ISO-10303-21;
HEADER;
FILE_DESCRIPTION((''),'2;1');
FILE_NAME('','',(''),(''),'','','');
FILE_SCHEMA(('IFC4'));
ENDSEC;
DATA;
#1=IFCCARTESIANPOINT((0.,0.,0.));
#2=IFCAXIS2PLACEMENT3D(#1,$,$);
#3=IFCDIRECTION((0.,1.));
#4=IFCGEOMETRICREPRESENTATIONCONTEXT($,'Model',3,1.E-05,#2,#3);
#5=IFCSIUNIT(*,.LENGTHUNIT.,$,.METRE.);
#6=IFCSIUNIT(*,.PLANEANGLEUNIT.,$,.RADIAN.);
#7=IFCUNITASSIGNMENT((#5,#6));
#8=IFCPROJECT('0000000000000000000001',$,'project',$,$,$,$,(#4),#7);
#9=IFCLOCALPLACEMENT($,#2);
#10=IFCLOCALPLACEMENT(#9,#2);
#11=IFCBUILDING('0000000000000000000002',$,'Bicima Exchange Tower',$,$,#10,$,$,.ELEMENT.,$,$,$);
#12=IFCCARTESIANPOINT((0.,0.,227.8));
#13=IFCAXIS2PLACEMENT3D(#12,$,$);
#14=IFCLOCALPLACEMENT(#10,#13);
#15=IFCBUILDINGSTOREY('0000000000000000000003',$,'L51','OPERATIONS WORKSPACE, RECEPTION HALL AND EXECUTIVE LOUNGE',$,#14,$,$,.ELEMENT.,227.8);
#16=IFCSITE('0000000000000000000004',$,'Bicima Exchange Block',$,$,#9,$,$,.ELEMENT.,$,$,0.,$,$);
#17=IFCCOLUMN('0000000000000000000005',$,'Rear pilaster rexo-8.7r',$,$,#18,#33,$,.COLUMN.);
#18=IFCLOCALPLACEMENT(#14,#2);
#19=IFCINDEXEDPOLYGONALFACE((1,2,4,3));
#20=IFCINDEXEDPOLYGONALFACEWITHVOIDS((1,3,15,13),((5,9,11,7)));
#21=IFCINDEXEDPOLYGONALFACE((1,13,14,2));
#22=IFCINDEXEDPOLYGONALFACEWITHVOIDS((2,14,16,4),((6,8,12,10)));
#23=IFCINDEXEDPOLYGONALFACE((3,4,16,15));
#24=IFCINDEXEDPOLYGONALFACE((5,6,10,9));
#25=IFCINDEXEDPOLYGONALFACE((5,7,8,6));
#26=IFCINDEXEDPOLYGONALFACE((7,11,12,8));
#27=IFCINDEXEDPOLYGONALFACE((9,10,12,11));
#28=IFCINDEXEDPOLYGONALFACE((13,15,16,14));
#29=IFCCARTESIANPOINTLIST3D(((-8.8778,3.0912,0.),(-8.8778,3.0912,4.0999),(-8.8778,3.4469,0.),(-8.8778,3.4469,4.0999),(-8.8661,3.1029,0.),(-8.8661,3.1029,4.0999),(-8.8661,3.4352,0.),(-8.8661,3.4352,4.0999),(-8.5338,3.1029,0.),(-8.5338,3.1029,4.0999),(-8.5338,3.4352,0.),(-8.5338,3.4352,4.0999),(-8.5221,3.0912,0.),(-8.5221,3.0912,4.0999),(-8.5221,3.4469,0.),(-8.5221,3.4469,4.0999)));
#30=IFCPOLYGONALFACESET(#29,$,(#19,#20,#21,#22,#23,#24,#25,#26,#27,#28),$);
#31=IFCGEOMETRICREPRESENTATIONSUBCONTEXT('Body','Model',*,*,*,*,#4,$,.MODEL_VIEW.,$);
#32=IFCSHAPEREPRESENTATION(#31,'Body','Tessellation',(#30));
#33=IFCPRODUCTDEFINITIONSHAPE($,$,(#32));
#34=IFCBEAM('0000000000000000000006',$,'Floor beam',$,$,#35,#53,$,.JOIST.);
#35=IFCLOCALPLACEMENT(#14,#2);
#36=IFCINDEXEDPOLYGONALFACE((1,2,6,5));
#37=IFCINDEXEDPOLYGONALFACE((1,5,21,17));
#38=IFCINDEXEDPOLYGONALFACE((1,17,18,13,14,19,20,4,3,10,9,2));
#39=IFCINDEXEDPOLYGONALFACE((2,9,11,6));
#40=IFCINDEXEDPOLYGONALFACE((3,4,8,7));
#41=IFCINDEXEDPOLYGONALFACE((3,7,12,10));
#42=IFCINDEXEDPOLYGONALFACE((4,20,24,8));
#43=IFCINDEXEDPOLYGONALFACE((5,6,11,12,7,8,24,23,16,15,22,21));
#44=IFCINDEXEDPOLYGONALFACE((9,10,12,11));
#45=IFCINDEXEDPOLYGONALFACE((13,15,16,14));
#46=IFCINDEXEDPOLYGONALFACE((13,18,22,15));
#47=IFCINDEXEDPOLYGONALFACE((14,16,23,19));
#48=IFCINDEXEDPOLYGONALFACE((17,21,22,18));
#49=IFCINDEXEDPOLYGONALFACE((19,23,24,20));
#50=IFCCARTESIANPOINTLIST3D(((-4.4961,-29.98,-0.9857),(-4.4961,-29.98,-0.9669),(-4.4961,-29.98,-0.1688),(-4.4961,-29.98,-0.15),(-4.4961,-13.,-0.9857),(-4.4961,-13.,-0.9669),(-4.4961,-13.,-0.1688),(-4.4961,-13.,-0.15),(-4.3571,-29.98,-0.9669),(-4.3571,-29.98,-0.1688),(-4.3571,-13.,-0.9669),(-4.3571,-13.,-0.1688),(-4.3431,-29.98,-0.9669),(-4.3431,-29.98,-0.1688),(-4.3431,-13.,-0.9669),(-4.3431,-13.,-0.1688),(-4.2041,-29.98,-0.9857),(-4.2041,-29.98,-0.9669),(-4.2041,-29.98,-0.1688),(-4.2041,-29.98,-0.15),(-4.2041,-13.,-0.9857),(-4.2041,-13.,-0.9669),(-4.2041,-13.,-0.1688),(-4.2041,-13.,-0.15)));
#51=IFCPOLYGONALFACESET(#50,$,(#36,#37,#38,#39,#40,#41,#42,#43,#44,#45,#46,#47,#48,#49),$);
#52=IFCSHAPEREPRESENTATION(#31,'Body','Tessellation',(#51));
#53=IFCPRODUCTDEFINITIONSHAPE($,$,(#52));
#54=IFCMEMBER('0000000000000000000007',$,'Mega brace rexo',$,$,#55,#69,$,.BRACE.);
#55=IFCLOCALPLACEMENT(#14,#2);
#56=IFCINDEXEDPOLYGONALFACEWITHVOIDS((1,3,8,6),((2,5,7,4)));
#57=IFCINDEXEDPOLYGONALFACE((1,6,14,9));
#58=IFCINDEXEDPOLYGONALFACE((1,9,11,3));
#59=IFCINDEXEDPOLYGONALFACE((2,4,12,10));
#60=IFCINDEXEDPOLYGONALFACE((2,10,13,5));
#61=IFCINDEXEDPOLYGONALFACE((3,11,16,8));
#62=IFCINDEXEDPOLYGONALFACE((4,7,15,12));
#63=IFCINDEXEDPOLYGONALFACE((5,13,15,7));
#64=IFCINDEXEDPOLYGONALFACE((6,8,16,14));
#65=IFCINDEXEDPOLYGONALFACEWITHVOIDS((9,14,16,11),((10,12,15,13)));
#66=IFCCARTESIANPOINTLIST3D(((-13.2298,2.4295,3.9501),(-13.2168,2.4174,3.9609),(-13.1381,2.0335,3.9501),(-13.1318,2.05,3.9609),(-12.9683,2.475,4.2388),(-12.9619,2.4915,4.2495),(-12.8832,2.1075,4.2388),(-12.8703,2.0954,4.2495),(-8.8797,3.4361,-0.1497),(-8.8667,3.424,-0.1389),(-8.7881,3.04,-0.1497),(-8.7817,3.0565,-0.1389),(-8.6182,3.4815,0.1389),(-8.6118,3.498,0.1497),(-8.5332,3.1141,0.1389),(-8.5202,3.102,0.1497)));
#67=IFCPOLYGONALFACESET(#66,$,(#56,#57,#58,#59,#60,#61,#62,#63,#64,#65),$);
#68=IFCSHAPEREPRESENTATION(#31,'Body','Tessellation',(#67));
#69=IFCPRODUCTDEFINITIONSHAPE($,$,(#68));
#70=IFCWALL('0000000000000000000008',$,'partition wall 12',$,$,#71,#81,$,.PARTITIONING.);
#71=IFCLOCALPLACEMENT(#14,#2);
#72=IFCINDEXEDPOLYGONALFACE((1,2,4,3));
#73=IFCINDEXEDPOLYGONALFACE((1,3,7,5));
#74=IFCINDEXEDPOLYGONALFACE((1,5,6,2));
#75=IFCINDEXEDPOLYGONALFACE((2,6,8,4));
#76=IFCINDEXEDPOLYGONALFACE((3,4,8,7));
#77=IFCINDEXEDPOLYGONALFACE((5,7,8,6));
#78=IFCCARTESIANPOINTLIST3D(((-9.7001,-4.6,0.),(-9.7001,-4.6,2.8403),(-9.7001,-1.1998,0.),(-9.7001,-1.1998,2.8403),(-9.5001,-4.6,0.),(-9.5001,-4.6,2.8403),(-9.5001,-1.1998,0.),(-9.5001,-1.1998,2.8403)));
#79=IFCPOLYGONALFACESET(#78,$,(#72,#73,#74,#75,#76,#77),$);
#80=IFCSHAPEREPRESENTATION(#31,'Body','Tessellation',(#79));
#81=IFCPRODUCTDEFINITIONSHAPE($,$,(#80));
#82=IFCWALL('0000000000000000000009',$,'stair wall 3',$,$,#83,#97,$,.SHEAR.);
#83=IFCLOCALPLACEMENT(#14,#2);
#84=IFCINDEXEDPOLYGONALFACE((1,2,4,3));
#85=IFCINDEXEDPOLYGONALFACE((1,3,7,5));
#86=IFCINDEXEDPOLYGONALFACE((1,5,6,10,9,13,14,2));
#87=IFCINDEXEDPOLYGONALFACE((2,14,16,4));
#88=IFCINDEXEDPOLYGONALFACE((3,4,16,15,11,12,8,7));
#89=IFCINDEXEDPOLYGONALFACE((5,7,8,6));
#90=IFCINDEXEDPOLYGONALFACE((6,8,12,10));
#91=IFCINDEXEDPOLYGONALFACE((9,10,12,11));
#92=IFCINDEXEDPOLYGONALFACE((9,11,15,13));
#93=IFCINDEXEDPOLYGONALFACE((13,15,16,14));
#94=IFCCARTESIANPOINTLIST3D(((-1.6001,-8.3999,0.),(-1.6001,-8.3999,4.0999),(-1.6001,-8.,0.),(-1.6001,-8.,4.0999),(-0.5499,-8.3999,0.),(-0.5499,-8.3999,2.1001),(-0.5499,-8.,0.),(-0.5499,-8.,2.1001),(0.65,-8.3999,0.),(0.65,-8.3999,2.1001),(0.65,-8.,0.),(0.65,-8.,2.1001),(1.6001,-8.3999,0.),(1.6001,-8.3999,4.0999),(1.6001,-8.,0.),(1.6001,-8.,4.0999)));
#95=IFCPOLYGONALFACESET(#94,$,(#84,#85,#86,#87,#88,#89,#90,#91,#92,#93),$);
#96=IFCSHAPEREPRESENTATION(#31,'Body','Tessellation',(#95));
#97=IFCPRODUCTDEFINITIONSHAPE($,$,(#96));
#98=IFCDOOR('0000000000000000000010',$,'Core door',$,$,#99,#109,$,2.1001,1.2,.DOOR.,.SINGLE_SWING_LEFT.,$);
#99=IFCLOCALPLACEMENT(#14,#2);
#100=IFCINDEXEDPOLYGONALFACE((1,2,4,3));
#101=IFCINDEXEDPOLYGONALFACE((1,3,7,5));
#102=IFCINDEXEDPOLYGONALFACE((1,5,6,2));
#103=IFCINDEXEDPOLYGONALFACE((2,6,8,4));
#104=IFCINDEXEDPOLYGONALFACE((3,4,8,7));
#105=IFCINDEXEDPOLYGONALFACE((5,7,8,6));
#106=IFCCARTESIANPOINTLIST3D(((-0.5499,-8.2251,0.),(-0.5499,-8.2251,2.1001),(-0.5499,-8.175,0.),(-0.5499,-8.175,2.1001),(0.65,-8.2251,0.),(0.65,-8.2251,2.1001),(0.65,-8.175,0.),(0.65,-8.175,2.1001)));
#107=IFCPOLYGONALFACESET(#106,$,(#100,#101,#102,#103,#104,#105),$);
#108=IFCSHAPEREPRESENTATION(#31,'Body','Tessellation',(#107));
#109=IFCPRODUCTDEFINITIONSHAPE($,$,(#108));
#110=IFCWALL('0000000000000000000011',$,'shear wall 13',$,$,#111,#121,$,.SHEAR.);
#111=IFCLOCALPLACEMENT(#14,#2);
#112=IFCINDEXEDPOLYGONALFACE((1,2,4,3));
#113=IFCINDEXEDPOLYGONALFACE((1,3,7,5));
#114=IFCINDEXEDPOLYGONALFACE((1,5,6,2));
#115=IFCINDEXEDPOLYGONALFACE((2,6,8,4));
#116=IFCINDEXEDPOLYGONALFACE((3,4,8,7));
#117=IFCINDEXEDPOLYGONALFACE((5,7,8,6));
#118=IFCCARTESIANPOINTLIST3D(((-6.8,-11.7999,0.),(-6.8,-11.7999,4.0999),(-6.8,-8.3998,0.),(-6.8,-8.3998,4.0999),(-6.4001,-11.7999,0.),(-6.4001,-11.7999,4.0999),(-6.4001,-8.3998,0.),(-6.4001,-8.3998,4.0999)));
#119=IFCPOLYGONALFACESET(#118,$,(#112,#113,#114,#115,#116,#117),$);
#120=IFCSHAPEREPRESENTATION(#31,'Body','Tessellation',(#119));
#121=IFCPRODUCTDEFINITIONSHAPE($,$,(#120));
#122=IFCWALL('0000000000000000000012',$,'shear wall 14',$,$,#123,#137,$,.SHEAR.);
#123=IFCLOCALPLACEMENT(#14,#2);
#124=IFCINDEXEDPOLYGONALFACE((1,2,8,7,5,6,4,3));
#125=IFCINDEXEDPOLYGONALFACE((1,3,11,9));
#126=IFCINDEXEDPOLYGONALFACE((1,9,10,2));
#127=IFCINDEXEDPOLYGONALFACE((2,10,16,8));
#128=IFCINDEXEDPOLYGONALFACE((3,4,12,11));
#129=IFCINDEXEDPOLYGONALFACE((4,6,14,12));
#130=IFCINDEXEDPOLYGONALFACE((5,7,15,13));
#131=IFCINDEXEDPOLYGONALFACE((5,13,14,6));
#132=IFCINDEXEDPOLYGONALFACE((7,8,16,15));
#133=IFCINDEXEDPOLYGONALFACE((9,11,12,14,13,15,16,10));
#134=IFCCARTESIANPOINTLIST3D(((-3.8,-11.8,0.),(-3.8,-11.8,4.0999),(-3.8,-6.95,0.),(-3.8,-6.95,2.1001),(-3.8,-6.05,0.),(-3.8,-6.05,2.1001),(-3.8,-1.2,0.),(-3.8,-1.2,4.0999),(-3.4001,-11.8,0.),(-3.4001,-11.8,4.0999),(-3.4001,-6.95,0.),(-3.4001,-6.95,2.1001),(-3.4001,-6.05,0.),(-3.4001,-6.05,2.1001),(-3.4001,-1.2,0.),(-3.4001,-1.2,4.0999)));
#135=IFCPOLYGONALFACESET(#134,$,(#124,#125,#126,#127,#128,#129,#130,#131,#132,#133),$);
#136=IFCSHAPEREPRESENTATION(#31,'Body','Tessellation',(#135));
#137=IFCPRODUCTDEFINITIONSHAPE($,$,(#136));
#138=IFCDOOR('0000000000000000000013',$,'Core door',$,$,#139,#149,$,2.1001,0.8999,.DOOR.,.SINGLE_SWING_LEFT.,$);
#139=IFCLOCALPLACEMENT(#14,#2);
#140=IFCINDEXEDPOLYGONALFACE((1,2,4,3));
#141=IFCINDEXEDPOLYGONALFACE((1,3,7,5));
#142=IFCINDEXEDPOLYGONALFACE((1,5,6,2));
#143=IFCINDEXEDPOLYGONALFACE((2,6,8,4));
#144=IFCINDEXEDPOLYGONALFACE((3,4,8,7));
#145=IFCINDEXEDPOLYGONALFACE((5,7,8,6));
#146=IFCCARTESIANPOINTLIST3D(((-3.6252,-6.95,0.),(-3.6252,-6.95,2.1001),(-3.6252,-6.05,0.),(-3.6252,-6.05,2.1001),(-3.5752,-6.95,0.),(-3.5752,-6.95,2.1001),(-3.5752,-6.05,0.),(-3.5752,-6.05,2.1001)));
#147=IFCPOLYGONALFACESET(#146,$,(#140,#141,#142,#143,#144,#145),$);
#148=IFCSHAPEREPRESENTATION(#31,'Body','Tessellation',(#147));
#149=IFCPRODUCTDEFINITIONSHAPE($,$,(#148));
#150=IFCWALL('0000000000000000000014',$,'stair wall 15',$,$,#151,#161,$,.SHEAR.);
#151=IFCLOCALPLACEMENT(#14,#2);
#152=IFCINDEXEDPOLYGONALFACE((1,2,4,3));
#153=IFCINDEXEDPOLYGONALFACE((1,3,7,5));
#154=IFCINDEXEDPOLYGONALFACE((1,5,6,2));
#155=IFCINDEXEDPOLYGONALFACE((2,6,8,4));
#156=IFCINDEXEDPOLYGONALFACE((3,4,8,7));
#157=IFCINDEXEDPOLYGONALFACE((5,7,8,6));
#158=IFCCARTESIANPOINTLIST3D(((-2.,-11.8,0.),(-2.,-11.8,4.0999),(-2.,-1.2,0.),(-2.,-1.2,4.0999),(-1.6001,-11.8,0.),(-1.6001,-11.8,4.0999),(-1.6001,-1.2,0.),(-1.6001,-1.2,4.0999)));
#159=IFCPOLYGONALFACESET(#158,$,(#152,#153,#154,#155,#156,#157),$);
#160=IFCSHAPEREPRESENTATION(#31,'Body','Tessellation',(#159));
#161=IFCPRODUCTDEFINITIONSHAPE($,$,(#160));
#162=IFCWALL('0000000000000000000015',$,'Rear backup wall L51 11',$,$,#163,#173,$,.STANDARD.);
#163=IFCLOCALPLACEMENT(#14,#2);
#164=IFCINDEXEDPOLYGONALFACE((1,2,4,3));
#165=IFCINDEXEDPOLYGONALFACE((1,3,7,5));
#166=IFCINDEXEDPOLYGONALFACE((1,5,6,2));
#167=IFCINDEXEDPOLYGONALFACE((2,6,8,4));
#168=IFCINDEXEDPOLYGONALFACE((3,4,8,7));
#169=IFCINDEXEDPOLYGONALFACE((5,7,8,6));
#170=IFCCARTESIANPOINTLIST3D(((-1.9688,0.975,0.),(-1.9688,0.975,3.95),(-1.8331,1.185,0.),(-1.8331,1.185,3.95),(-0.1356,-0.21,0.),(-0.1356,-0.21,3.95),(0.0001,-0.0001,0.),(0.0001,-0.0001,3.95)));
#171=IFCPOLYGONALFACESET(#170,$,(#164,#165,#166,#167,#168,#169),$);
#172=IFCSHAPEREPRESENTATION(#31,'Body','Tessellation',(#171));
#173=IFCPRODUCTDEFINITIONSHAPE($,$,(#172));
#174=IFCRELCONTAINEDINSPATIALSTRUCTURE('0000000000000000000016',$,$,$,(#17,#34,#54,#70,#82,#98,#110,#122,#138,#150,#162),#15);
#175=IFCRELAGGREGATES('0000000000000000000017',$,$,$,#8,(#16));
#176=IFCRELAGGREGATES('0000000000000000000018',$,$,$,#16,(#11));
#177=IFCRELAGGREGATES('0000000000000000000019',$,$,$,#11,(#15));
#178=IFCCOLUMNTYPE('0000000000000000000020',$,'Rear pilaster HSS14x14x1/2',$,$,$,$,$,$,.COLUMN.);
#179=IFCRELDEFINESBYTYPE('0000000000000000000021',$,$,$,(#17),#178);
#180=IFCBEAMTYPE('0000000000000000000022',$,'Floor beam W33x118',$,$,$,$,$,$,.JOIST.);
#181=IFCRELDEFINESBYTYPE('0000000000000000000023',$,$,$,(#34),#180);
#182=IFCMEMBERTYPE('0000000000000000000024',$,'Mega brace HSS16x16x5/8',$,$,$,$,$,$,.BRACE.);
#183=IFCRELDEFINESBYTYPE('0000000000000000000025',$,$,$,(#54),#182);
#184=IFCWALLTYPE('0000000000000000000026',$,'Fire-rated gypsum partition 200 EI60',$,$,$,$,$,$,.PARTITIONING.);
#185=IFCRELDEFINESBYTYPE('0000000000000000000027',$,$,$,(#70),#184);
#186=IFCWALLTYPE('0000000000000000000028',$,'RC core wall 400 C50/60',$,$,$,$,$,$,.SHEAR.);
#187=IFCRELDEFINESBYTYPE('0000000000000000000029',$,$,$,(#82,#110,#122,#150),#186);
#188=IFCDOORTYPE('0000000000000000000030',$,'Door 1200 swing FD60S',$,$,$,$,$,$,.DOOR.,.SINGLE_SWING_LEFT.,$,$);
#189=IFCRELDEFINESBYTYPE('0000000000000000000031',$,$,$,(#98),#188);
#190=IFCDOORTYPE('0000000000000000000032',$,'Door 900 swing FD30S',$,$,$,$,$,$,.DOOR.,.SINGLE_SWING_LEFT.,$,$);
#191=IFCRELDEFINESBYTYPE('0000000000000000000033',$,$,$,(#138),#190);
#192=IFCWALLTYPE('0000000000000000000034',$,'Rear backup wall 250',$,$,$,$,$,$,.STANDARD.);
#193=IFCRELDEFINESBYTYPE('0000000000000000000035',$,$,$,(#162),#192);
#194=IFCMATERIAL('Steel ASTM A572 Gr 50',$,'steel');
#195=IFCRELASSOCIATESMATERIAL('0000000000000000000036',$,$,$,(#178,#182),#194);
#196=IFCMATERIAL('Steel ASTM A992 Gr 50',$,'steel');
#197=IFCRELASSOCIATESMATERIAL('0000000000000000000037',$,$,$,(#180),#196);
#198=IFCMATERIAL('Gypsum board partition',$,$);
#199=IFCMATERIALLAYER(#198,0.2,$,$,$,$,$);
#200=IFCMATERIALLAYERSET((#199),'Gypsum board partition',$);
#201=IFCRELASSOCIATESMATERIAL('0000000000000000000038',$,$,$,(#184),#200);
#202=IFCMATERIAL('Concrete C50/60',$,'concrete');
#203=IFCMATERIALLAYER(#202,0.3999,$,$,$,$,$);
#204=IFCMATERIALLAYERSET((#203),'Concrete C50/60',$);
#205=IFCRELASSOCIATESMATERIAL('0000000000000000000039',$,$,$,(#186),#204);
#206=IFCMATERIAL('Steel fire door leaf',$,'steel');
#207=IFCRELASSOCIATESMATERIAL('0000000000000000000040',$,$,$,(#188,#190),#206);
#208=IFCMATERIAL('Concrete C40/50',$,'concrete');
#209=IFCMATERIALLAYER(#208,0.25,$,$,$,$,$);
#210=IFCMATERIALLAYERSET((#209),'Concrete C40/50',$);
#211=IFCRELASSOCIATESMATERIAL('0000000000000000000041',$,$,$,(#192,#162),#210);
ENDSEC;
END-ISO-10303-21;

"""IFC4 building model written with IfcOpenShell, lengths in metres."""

from ifc_helpers import new_model, si_unit, direction, frame, frame_2d, origin, origin_2d, place, context, subcontext, project, spatial, rectangle, hollow_rectangle, i_section, extrude, material, layer, layer_set, layer_usage, material_profile, profile_set, type_object, element, fill, save


model = new_model("IFC4")

# Units and contexts
model_context = context("Model", 3, precision=1e-05, world=origin(), true_north=direction((0.0, 1.0)))
body_context = subcontext(model_context, "Body", "Model", "MODEL_VIEW")
ifc_project = project(units=[si_unit("LENGTHUNIT", "METRE"), si_unit("PLANEANGLEUNIT", "RADIAN")], contexts=[model_context])

# Site, building, storey
site_placement = place(None, origin())
site = spatial("IfcSite", under=ifc_project, at=site_placement, Name="Bicima Exchange Block", CompositionType="ELEMENT", RefElevation=0.0)
building_placement = place(site_placement, origin())
building = spatial("IfcBuilding", under=site, at=building_placement, Name="Bicima Exchange Tower", CompositionType="ELEMENT")
storey_placement = place(building_placement, frame((0.0, 0.0, 227.8)))
storey = spatial("IfcBuildingStorey", under=building, at=storey_placement, Name="L51", Description="OPERATIONS WORKSPACE, RECEPTION HALL AND EXECUTIVE LOUNGE", CompositionType="ELEMENT", Elevation=227.8)

# Column
ifc_material_1 = material(Name="Steel ASTM A572 Gr 50", Category="steel")
ifc_material_profile_1 = material_profile(ifc_material_1, hollow_rectangle(XDim=0.3557, YDim=0.3557, WallThickness=0.0117, at=origin_2d()))
ifc_profile_set_1 = profile_set([ifc_material_profile_1], Name="Steel ASTM A572 Gr 50")
column_type = type_object("IfcColumnType", Name="Rear pilaster HSS14x14x1/2", PredefinedType="COLUMN", material=ifc_profile_set_1)
column_placement = place(storey_placement, frame((-8.7, 3.269, 0.0), z_axis=(0.0, 0.0, 1.0), x_axis=(1.0, 0.0, 0.0)))
element("IfcColumn", 1, at=column_placement, inside=storey, type_object=column_type, Name="Rear pilaster rexo-8.7r", PredefinedType="COLUMN", context=body_context, shape_type="SweptSolid", body=[
    extrude(hollow_rectangle(XDim=0.3557, YDim=0.3557, WallThickness=0.0117, at=origin_2d()), origin(), (0.0, 0.0, 1.0), 4.0999),
])

# Beam
ifc_material_2 = material(Name="Steel ASTM A992 Gr 50", Category="steel")
ifc_material_profile_2 = material_profile(ifc_material_2, i_section(OverallWidth=0.292, OverallDepth=0.8357, WebThickness=0.0139, FlangeThickness=0.0188, at=origin_2d()))
ifc_profile_set_2 = profile_set([ifc_material_profile_2], Name="Steel ASTM A992 Gr 50")
beam_type = type_object("IfcBeamType", Name="Floor beam W33x118", PredefinedType="JOIST", material=ifc_profile_set_2)
beam_placement = place(storey_placement, frame((-4.3501, -13.0, -0.5679), z_axis=(0.0, -1.0, 0.0), x_axis=(1.0, 0.0, 0.0)))
element("IfcBeam", 2, at=beam_placement, inside=storey, type_object=beam_type, Name="Floor beam", PredefinedType="JOIST", context=body_context, shape_type="SweptSolid", body=[
    extrude(i_section(OverallWidth=0.292, OverallDepth=0.8357, WebThickness=0.0139, FlangeThickness=0.0188, at=origin_2d()), origin(), (0.0, 0.0, 1.0), 16.98),
])

# Member
ifc_material_profile_3 = material_profile(ifc_material_1, hollow_rectangle(XDim=0.4065, YDim=0.4065, WallThickness=0.0146, at=origin_2d()))
ifc_profile_set_3 = profile_set([ifc_material_profile_3], Name="Steel ASTM A572 Gr 50")
member_type = type_object("IfcMemberType", Name="Mega brace HSS16x16x5/8", PredefinedType="BRACE", material=ifc_profile_set_3)
member_placement = place(storey_placement, frame((-8.7, 3.269, 0.0), z_axis=(-0.717625, -0.166055, 0.676343), x_axis=(0.225439, -0.974257, 0.0)))
element("IfcMember", 3, at=member_placement, inside=storey, type_object=member_type, Name="Mega brace rexo", PredefinedType="BRACE", context=body_context, shape_type="SweptSolid", body=[
    extrude(hollow_rectangle(XDim=0.4065, YDim=0.4065, WallThickness=0.0146, at=origin_2d()), origin(), (0.0, 0.0, 1.0), 6.0618),
])

# Wall
ifc_material_3 = material(Name="Gypsum board partition")
ifc_layer_1 = layer(ifc_material_3, 0.2)
ifc_layer_set_1 = layer_set([ifc_layer_1], Name="Gypsum board partition")
wall_type_1 = type_object("IfcWallType", Name="Fire-rated gypsum partition 200 EI60", PredefinedType="PARTITIONING", material=ifc_layer_set_1)
wall_1_placement = place(storey_placement, frame((-9.6001, -4.6001, 0.0), z_axis=(0.0, 0.0, 1.0), x_axis=(0.0, 1.0, 0.0)))
element("IfcWall", 4, at=wall_1_placement, inside=storey, type_object=wall_type_1, Name="partition wall 12", PredefinedType="PARTITIONING", context=body_context, shape_type="SweptSolid", body=[
    extrude(rectangle(XDim=3.4001, YDim=0.2, at=frame_2d((1.7002, 0.0))), origin(), (0.0, 0.0, 1.0), 2.8403),
])

# Wall, opening, door
ifc_material_4 = material(Name="Concrete C50/60", Category="concrete")
ifc_layer_2 = layer(ifc_material_4, 0.3999)
ifc_layer_set_2 = layer_set([ifc_layer_2], Name="Concrete C50/60")
wall_type_2 = type_object("IfcWallType", Name="RC core wall 400 C50/60", PredefinedType="SHEAR", material=ifc_layer_set_2)
wall_2_placement = place(storey_placement, frame((-1.6001, -8.2, 0.0), z_axis=(0.0, 0.0, 1.0), x_axis=(1.0, 0.0, 0.0)))
wall_2 = element("IfcWall", 5, at=wall_2_placement, inside=storey, type_object=wall_type_2, Name="stair wall 3", PredefinedType="SHEAR", context=body_context, shape_type="SweptSolid", body=[
    extrude(rectangle(XDim=3.2002, YDim=0.3999, at=frame_2d((1.6001, 0.0))), origin(), (0.0, 0.0, 1.0), 4.0999),
])
opening_1_placement = place(wall_2_placement, frame((1.05, 0.0, 0.0)))
opening_1 = element("IfcOpeningElement", 6, at=opening_1_placement, cuts=wall_2, PredefinedType="OPENING", context=body_context, shape_type="SweptSolid", body=[
    extrude(rectangle(XDim=1.2, YDim=2.1001, at=frame_2d((0.6001, 1.05))), frame((0.0, 0.2119, 0.0), z_axis=(0.0, -1.0, 0.0), x_axis=(1.0, 0.0, 0.0)), (0.0, 0.0, 1.0), 0.4238),
])
ifc_material_5 = material(Name="Steel fire door leaf", Category="steel")
door_type_1 = type_object("IfcDoorType", Name="Door 1200 swing FD60S", OperationType="SINGLE_SWING_LEFT", PredefinedType="DOOR", material=ifc_material_5)
door_1_placement = place(opening_1_placement, origin())
door_1 = element("IfcDoor", 7, at=door_1_placement, inside=storey, type_object=door_type_1, Name="Core door", OperationType="SINGLE_SWING_LEFT", OverallHeight=2.1001, OverallWidth=1.2, PredefinedType="DOOR", context=body_context, shape_type="SweptSolid", body=[
    extrude(rectangle(XDim=1.2, YDim=2.1001, at=frame_2d((0.6001, 1.05))), frame((0.0, 0.0249, 0.0), z_axis=(0.0, -1.0, 0.0), x_axis=(1.0, 0.0, 0.0)), (0.0, 0.0, 1.0), 0.05),
])
fill(opening_1, door_1)

# Wall
wall_3_placement = place(storey_placement, frame((-6.6001, -11.8, 0.0), z_axis=(0.0, 0.0, 1.0), x_axis=(0.0, 1.0, 0.0)))
element("IfcWall", 8, at=wall_3_placement, inside=storey, type_object=wall_type_2, Name="shear wall 13", PredefinedType="SHEAR", context=body_context, shape_type="SweptSolid", body=[
    extrude(rectangle(XDim=3.4001, YDim=0.3999, at=frame_2d((1.7002, 0.0))), origin(), (0.0, 0.0, 1.0), 4.0999),
])

# Wall, opening, door
wall_4_placement = place(storey_placement, frame((-3.6001, -11.8, 0.0), z_axis=(0.0, 0.0, 1.0), x_axis=(0.0, 1.0, 0.0)))
wall_4 = element("IfcWall", 9, at=wall_4_placement, inside=storey, type_object=wall_type_2, Name="shear wall 14", PredefinedType="SHEAR", context=body_context, shape_type="SweptSolid", body=[
    extrude(rectangle(XDim=10.6001, YDim=0.3999, at=frame_2d((5.3, 0.0))), origin(), (0.0, 0.0, 1.0), 4.0999),
])
opening_2_placement = place(wall_4_placement, frame((4.8501, 0.0, 0.0)))
opening_2 = element("IfcOpeningElement", 10, at=opening_2_placement, cuts=wall_4, PredefinedType="OPENING", context=body_context, shape_type="SweptSolid", body=[
    extrude(rectangle(XDim=0.8999, YDim=2.1001, at=frame_2d((0.45, 1.05))), frame((0.0, 0.2119, 0.0), z_axis=(0.0, -1.0, 0.0), x_axis=(1.0, 0.0, 0.0)), (0.0, 0.0, 1.0), 0.4238),
])
door_type_2 = type_object("IfcDoorType", Name="Door 900 swing FD30S", OperationType="SINGLE_SWING_LEFT", PredefinedType="DOOR", material=ifc_material_5)
door_2_placement = place(opening_2_placement, frame((0.8999, 0.0, 0.0), z_axis=(0.0, 0.0, 1.0), x_axis=(-1.0, 0.0, 0.0)))
door_2 = element("IfcDoor", 11, at=door_2_placement, inside=storey, type_object=door_type_2, Name="Core door", OperationType="SINGLE_SWING_LEFT", OverallHeight=2.1001, OverallWidth=0.8999, PredefinedType="DOOR", context=body_context, shape_type="SweptSolid", body=[
    extrude(rectangle(XDim=0.8999, YDim=2.1001, at=frame_2d((0.45, 1.05))), frame((0.0, 0.0249, 0.0), z_axis=(0.0, -1.0, 0.0), x_axis=(1.0, 0.0, 0.0)), (0.0, 0.0, 1.0), 0.05),
])
fill(opening_2, door_2)

# Walls
wall_5_placement = place(storey_placement, frame((-1.8, -11.8, 0.0), z_axis=(0.0, 0.0, 1.0), x_axis=(0.0, 1.0, 0.0)))
element("IfcWall", 12, at=wall_5_placement, inside=storey, type_object=wall_type_2, Name="stair wall 15", PredefinedType="SHEAR", context=body_context, shape_type="SweptSolid", body=[
    extrude(rectangle(XDim=10.6001, YDim=0.3999, at=frame_2d((5.3, 0.0))), origin(), (0.0, 0.0, 1.0), 4.0999),
])
ifc_material_6 = material(Name="Concrete C40/50", Category="concrete")
ifc_layer_3 = layer(ifc_material_6, 0.25)
ifc_layer_set_3 = layer_set([ifc_layer_3], Name="Concrete C40/50")
ifc_layer_usage = layer_usage(ifc_layer_set_3, "AXIS2", "POSITIVE", -0.125)
wall_type_3 = type_object("IfcWallType", Name="Rear backup wall 250", PredefinedType="STANDARD", material=ifc_layer_set_3)
wall_6_placement = place(storey_placement, frame((-0.0679, -0.105, 0.0), z_axis=(0.0, 0.0, 1.0), x_axis=(-0.839813, 0.542876, 0.0)))
element("IfcWall", 13, at=wall_6_placement, inside=storey, type_object=wall_type_3, material=ifc_layer_usage, Name="Rear backup wall L51 11", PredefinedType="STANDARD", context=body_context, shape_type="SweptSolid", body=[
    extrude(rectangle(XDim=2.1829, YDim=0.25, at=frame_2d((1.0913, 0.0))), origin(), (0.0, 0.0, 1.0), 3.95),
])

save(model, "model.ifc")
